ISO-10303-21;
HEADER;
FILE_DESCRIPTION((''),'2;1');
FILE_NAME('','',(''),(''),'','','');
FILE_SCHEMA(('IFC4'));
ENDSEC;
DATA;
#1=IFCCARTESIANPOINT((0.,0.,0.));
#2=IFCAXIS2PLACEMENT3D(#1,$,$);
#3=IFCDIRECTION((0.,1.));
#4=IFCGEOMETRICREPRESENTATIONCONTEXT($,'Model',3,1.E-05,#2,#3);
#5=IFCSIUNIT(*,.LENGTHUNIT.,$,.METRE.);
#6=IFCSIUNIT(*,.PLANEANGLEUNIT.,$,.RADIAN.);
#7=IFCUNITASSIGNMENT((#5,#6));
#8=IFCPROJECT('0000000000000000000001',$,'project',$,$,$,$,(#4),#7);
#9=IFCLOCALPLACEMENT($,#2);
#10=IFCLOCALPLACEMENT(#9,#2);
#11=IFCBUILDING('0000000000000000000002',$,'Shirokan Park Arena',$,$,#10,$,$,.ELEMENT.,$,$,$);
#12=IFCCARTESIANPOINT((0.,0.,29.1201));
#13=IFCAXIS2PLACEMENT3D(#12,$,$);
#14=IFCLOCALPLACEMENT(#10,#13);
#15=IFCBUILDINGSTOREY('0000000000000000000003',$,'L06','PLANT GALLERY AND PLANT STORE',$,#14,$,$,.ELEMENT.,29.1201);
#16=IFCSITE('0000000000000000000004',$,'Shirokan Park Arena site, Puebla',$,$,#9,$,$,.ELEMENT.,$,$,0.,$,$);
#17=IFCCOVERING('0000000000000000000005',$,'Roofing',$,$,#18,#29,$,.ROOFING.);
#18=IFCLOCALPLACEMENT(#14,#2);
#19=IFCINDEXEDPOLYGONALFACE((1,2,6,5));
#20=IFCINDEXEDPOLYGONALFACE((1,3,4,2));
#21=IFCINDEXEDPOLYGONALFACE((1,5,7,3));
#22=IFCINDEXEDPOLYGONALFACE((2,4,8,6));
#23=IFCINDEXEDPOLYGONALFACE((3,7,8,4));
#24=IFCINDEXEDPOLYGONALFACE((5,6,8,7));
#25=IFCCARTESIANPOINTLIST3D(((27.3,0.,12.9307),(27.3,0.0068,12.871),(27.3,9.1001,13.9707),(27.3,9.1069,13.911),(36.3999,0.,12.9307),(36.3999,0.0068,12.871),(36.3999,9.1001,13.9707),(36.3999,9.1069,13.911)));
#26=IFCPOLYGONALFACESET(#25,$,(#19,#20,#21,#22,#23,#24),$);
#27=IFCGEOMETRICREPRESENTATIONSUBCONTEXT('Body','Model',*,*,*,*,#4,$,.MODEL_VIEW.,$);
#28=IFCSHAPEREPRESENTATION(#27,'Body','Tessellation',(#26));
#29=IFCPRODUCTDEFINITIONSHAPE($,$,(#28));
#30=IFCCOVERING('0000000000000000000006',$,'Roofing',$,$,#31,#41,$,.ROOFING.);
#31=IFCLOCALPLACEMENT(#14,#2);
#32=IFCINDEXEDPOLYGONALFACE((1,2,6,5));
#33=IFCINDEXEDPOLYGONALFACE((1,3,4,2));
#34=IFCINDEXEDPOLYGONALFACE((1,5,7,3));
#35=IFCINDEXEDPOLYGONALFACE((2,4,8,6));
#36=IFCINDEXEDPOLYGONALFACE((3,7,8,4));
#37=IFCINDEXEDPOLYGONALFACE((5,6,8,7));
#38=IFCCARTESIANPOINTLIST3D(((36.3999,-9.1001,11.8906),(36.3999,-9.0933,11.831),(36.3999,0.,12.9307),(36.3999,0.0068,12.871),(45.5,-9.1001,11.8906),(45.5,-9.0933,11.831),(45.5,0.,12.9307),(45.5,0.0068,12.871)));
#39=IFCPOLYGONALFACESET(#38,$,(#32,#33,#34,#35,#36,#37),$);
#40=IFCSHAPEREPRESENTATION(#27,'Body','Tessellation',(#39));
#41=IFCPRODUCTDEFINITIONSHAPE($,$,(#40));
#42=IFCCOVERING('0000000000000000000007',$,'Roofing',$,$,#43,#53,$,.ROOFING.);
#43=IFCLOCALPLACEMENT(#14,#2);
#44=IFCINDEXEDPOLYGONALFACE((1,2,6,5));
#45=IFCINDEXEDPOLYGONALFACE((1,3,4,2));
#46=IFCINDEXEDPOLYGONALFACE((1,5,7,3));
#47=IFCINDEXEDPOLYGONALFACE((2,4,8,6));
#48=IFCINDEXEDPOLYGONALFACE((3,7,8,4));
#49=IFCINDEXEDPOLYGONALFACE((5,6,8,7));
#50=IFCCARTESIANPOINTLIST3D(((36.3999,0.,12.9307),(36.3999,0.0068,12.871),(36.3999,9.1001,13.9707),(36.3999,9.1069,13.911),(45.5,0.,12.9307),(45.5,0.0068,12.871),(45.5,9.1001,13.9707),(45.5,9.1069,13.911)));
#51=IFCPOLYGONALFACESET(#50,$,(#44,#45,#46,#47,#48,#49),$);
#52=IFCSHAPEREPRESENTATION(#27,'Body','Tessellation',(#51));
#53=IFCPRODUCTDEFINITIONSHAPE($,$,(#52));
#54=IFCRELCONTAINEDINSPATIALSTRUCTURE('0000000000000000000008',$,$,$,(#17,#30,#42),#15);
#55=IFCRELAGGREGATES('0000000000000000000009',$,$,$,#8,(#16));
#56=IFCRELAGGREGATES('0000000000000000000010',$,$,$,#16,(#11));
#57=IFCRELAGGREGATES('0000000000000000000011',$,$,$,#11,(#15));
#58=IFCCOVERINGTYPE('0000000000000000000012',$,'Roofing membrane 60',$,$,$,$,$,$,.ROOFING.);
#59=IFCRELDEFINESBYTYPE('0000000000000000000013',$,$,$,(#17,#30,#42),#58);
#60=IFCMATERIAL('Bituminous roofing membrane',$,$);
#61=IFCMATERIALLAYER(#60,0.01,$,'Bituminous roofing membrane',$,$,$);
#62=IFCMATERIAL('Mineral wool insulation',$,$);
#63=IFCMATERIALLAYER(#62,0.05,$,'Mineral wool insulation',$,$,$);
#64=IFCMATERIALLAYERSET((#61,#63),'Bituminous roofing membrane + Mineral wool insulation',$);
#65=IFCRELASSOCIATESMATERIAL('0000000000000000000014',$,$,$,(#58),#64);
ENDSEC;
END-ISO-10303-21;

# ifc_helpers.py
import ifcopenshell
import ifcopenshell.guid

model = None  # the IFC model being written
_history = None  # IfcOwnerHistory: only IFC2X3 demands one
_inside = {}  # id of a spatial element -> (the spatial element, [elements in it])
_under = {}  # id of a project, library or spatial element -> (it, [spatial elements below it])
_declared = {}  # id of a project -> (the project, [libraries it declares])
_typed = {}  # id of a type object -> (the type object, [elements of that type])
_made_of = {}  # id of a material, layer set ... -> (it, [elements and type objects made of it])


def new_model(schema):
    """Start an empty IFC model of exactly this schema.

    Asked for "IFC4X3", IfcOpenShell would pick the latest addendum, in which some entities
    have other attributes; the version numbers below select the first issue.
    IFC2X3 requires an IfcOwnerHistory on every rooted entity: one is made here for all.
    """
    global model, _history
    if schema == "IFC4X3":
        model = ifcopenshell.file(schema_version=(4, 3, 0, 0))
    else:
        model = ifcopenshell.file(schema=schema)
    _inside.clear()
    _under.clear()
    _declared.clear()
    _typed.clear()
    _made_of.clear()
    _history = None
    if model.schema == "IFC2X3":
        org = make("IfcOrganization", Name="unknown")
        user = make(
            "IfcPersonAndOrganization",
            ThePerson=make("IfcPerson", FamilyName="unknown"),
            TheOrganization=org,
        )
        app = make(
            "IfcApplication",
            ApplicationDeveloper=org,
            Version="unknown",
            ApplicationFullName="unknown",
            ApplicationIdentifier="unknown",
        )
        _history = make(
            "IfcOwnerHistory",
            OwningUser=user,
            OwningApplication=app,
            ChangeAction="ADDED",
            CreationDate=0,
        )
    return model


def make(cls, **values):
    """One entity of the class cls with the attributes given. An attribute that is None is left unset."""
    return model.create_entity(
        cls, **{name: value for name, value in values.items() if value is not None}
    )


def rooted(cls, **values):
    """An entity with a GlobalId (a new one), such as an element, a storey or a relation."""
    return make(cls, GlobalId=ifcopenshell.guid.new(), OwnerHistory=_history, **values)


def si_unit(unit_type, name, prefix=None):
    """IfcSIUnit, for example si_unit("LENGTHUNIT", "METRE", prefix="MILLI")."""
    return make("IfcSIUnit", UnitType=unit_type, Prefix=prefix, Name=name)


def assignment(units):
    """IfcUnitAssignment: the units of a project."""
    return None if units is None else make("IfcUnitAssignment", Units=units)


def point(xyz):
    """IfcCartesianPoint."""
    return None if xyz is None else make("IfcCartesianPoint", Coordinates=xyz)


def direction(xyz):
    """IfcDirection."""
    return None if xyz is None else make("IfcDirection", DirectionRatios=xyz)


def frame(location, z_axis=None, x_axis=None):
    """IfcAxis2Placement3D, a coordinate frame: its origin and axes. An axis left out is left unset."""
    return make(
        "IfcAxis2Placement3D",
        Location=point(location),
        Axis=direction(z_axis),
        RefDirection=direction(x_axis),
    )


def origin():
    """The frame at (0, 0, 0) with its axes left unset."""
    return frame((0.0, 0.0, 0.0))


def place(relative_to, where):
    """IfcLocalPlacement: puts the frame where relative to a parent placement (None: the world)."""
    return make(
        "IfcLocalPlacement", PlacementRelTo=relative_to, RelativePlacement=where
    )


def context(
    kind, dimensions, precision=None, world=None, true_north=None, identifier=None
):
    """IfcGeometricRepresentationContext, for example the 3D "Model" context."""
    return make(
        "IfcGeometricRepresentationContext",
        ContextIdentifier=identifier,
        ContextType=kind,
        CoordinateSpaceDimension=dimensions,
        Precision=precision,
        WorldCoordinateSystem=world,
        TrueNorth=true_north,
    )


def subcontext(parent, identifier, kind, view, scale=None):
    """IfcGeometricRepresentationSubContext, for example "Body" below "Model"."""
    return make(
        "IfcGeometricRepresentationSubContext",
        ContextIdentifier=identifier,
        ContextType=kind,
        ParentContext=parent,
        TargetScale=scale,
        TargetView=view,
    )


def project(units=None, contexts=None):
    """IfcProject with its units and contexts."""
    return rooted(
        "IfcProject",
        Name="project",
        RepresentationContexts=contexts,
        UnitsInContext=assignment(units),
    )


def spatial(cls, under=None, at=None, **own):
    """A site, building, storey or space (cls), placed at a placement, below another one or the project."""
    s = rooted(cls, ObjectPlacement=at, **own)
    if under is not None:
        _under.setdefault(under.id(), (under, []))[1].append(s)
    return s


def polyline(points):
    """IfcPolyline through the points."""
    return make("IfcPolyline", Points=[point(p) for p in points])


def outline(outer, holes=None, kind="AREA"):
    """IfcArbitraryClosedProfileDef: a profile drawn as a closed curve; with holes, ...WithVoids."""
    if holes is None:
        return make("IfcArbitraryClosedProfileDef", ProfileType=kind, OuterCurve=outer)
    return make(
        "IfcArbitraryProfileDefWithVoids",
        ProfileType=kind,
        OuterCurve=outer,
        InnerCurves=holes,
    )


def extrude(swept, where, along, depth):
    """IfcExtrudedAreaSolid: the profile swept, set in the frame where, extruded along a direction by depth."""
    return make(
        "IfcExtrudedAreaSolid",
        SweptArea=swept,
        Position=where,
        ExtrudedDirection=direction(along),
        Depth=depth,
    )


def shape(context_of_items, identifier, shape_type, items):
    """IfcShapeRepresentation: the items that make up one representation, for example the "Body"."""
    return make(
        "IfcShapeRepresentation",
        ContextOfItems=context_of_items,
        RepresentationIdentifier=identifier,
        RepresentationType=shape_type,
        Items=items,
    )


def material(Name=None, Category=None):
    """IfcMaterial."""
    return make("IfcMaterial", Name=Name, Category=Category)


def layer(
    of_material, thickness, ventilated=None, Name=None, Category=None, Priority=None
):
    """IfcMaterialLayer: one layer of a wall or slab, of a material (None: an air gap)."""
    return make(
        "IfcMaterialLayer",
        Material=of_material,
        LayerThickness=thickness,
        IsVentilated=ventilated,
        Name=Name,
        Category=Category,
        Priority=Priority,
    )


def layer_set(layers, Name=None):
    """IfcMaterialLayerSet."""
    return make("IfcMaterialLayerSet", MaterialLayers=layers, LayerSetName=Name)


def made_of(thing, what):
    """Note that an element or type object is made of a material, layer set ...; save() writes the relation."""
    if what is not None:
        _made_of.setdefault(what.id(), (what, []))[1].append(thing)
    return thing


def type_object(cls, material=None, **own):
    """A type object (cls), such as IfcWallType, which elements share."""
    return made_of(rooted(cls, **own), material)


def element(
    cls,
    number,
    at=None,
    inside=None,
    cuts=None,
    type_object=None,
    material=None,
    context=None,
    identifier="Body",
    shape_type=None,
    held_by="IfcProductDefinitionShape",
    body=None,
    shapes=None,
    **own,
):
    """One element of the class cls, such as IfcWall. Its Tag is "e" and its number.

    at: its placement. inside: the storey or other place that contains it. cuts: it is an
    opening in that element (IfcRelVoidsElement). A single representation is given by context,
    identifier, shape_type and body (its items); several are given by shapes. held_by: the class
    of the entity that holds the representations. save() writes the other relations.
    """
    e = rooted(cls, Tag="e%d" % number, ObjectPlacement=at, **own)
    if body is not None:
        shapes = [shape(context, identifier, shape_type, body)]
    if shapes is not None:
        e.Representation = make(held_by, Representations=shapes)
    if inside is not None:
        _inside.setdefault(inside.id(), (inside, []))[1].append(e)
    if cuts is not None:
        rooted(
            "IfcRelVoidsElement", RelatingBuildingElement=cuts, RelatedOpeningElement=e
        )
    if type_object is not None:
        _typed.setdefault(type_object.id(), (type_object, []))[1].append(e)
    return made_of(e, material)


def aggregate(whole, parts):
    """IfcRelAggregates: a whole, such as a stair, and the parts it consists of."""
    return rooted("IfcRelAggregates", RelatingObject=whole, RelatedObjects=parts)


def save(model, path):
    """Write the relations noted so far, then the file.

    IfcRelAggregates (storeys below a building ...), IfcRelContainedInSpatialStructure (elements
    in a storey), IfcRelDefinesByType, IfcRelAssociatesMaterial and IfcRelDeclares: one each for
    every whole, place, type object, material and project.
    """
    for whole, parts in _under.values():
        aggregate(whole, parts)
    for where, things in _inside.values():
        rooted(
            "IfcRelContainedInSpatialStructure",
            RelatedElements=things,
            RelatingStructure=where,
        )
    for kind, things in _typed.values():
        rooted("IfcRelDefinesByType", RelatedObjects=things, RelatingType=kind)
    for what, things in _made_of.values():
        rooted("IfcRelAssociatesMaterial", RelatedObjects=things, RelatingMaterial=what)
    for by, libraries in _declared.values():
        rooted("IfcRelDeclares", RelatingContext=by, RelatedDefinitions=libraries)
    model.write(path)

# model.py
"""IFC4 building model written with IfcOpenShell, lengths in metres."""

from ifc_helpers import new_model, si_unit, direction, frame, origin, place, context, subcontext, project, spatial, polyline, outline, extrude, material, layer, layer_set, type_object, element, save


model = new_model("IFC4")

# Units and contexts
model_context = context("Model", 3, precision=1e-05, world=origin(), true_north=direction((0.0, 1.0)))
body_context = subcontext(model_context, "Body", "Model", "MODEL_VIEW")
ifc_project = project(units=[si_unit("LENGTHUNIT", "METRE"), si_unit("PLANEANGLEUNIT", "RADIAN")], contexts=[model_context])

# Site, building, storey
site_placement = place(None, origin())
site = spatial("IfcSite", under=ifc_project, at=site_placement, Name="Shirokan Park Arena site, Puebla", CompositionType="ELEMENT", RefElevation=0.0)
building_placement = place(site_placement, origin())
building = spatial("IfcBuilding", under=site, at=building_placement, Name="Shirokan Park Arena", CompositionType="ELEMENT")
storey_placement = place(building_placement, frame((0.0, 0.0, 29.1201)))
storey = spatial("IfcBuildingStorey", under=building, at=storey_placement, Name="L06", Description="PLANT GALLERY AND PLANT STORE", CompositionType="ELEMENT", Elevation=29.1201)

# Coverings
ifc_material_1 = material(Name="Bituminous roofing membrane")
ifc_layer_1 = layer(ifc_material_1, 0.01, Name="Bituminous roofing membrane")
ifc_material_2 = material(Name="Mineral wool insulation")
ifc_layer_2 = layer(ifc_material_2, 0.05, Name="Mineral wool insulation")
ifc_layer_set_1 = layer_set([ifc_layer_1, ifc_layer_2], Name="Bituminous roofing membrane + Mineral wool insulation")
covering_type = type_object("IfcCoveringType", Name="Roofing membrane 60", PredefinedType="ROOFING", material=ifc_layer_set_1)
covering_placement = place(storey_placement, frame((27.3, 0.0, 12.9307), z_axis=(0.0, -0.11355, 0.993532), x_axis=(1.0, 0.0, 0.0)))
element("IfcCovering", 1, at=covering_placement, inside=storey, type_object=covering_type, Name="Roofing", PredefinedType="ROOFING", context=body_context, shape_type="SweptSolid", body=[
    extrude(outline(polyline([(0.0, 0.0), (9.0999, 0.0), (9.0999, 9.1593), (0.0, 9.1593), (0.0, 0.0)])), origin(), (0.0, 0.0, -1.0), 0.0601),
])
for number, where, z_axis, x_axis, name in (
    (2, (36.3999, -9.1001, 11.8906), (0.0, -0.11355, 0.993532), (1.0, 0.0, 0.0), "Roofing"),
    (3, (36.3999, 0.0, 12.9307), (0.0, -0.11355, 0.993532), (1.0, 0.0, 0.0), "Roofing"),
):
    element("IfcCovering", number, at=place(storey_placement, frame(where, z_axis=z_axis, x_axis=x_axis)), inside=storey, type_object=covering_type, Name=name, PredefinedType="ROOFING", context=body_context, shape_type="SweptSolid", body=[
        extrude(outline(polyline([(0.0, 0.0), (9.1001, 0.0), (9.1001, 9.1593), (0.0, 9.1593), (0.0, 0.0)])), origin(), (0.0, 0.0, -1.0), 0.0601),
    ])

save(model, "model.ifc")
